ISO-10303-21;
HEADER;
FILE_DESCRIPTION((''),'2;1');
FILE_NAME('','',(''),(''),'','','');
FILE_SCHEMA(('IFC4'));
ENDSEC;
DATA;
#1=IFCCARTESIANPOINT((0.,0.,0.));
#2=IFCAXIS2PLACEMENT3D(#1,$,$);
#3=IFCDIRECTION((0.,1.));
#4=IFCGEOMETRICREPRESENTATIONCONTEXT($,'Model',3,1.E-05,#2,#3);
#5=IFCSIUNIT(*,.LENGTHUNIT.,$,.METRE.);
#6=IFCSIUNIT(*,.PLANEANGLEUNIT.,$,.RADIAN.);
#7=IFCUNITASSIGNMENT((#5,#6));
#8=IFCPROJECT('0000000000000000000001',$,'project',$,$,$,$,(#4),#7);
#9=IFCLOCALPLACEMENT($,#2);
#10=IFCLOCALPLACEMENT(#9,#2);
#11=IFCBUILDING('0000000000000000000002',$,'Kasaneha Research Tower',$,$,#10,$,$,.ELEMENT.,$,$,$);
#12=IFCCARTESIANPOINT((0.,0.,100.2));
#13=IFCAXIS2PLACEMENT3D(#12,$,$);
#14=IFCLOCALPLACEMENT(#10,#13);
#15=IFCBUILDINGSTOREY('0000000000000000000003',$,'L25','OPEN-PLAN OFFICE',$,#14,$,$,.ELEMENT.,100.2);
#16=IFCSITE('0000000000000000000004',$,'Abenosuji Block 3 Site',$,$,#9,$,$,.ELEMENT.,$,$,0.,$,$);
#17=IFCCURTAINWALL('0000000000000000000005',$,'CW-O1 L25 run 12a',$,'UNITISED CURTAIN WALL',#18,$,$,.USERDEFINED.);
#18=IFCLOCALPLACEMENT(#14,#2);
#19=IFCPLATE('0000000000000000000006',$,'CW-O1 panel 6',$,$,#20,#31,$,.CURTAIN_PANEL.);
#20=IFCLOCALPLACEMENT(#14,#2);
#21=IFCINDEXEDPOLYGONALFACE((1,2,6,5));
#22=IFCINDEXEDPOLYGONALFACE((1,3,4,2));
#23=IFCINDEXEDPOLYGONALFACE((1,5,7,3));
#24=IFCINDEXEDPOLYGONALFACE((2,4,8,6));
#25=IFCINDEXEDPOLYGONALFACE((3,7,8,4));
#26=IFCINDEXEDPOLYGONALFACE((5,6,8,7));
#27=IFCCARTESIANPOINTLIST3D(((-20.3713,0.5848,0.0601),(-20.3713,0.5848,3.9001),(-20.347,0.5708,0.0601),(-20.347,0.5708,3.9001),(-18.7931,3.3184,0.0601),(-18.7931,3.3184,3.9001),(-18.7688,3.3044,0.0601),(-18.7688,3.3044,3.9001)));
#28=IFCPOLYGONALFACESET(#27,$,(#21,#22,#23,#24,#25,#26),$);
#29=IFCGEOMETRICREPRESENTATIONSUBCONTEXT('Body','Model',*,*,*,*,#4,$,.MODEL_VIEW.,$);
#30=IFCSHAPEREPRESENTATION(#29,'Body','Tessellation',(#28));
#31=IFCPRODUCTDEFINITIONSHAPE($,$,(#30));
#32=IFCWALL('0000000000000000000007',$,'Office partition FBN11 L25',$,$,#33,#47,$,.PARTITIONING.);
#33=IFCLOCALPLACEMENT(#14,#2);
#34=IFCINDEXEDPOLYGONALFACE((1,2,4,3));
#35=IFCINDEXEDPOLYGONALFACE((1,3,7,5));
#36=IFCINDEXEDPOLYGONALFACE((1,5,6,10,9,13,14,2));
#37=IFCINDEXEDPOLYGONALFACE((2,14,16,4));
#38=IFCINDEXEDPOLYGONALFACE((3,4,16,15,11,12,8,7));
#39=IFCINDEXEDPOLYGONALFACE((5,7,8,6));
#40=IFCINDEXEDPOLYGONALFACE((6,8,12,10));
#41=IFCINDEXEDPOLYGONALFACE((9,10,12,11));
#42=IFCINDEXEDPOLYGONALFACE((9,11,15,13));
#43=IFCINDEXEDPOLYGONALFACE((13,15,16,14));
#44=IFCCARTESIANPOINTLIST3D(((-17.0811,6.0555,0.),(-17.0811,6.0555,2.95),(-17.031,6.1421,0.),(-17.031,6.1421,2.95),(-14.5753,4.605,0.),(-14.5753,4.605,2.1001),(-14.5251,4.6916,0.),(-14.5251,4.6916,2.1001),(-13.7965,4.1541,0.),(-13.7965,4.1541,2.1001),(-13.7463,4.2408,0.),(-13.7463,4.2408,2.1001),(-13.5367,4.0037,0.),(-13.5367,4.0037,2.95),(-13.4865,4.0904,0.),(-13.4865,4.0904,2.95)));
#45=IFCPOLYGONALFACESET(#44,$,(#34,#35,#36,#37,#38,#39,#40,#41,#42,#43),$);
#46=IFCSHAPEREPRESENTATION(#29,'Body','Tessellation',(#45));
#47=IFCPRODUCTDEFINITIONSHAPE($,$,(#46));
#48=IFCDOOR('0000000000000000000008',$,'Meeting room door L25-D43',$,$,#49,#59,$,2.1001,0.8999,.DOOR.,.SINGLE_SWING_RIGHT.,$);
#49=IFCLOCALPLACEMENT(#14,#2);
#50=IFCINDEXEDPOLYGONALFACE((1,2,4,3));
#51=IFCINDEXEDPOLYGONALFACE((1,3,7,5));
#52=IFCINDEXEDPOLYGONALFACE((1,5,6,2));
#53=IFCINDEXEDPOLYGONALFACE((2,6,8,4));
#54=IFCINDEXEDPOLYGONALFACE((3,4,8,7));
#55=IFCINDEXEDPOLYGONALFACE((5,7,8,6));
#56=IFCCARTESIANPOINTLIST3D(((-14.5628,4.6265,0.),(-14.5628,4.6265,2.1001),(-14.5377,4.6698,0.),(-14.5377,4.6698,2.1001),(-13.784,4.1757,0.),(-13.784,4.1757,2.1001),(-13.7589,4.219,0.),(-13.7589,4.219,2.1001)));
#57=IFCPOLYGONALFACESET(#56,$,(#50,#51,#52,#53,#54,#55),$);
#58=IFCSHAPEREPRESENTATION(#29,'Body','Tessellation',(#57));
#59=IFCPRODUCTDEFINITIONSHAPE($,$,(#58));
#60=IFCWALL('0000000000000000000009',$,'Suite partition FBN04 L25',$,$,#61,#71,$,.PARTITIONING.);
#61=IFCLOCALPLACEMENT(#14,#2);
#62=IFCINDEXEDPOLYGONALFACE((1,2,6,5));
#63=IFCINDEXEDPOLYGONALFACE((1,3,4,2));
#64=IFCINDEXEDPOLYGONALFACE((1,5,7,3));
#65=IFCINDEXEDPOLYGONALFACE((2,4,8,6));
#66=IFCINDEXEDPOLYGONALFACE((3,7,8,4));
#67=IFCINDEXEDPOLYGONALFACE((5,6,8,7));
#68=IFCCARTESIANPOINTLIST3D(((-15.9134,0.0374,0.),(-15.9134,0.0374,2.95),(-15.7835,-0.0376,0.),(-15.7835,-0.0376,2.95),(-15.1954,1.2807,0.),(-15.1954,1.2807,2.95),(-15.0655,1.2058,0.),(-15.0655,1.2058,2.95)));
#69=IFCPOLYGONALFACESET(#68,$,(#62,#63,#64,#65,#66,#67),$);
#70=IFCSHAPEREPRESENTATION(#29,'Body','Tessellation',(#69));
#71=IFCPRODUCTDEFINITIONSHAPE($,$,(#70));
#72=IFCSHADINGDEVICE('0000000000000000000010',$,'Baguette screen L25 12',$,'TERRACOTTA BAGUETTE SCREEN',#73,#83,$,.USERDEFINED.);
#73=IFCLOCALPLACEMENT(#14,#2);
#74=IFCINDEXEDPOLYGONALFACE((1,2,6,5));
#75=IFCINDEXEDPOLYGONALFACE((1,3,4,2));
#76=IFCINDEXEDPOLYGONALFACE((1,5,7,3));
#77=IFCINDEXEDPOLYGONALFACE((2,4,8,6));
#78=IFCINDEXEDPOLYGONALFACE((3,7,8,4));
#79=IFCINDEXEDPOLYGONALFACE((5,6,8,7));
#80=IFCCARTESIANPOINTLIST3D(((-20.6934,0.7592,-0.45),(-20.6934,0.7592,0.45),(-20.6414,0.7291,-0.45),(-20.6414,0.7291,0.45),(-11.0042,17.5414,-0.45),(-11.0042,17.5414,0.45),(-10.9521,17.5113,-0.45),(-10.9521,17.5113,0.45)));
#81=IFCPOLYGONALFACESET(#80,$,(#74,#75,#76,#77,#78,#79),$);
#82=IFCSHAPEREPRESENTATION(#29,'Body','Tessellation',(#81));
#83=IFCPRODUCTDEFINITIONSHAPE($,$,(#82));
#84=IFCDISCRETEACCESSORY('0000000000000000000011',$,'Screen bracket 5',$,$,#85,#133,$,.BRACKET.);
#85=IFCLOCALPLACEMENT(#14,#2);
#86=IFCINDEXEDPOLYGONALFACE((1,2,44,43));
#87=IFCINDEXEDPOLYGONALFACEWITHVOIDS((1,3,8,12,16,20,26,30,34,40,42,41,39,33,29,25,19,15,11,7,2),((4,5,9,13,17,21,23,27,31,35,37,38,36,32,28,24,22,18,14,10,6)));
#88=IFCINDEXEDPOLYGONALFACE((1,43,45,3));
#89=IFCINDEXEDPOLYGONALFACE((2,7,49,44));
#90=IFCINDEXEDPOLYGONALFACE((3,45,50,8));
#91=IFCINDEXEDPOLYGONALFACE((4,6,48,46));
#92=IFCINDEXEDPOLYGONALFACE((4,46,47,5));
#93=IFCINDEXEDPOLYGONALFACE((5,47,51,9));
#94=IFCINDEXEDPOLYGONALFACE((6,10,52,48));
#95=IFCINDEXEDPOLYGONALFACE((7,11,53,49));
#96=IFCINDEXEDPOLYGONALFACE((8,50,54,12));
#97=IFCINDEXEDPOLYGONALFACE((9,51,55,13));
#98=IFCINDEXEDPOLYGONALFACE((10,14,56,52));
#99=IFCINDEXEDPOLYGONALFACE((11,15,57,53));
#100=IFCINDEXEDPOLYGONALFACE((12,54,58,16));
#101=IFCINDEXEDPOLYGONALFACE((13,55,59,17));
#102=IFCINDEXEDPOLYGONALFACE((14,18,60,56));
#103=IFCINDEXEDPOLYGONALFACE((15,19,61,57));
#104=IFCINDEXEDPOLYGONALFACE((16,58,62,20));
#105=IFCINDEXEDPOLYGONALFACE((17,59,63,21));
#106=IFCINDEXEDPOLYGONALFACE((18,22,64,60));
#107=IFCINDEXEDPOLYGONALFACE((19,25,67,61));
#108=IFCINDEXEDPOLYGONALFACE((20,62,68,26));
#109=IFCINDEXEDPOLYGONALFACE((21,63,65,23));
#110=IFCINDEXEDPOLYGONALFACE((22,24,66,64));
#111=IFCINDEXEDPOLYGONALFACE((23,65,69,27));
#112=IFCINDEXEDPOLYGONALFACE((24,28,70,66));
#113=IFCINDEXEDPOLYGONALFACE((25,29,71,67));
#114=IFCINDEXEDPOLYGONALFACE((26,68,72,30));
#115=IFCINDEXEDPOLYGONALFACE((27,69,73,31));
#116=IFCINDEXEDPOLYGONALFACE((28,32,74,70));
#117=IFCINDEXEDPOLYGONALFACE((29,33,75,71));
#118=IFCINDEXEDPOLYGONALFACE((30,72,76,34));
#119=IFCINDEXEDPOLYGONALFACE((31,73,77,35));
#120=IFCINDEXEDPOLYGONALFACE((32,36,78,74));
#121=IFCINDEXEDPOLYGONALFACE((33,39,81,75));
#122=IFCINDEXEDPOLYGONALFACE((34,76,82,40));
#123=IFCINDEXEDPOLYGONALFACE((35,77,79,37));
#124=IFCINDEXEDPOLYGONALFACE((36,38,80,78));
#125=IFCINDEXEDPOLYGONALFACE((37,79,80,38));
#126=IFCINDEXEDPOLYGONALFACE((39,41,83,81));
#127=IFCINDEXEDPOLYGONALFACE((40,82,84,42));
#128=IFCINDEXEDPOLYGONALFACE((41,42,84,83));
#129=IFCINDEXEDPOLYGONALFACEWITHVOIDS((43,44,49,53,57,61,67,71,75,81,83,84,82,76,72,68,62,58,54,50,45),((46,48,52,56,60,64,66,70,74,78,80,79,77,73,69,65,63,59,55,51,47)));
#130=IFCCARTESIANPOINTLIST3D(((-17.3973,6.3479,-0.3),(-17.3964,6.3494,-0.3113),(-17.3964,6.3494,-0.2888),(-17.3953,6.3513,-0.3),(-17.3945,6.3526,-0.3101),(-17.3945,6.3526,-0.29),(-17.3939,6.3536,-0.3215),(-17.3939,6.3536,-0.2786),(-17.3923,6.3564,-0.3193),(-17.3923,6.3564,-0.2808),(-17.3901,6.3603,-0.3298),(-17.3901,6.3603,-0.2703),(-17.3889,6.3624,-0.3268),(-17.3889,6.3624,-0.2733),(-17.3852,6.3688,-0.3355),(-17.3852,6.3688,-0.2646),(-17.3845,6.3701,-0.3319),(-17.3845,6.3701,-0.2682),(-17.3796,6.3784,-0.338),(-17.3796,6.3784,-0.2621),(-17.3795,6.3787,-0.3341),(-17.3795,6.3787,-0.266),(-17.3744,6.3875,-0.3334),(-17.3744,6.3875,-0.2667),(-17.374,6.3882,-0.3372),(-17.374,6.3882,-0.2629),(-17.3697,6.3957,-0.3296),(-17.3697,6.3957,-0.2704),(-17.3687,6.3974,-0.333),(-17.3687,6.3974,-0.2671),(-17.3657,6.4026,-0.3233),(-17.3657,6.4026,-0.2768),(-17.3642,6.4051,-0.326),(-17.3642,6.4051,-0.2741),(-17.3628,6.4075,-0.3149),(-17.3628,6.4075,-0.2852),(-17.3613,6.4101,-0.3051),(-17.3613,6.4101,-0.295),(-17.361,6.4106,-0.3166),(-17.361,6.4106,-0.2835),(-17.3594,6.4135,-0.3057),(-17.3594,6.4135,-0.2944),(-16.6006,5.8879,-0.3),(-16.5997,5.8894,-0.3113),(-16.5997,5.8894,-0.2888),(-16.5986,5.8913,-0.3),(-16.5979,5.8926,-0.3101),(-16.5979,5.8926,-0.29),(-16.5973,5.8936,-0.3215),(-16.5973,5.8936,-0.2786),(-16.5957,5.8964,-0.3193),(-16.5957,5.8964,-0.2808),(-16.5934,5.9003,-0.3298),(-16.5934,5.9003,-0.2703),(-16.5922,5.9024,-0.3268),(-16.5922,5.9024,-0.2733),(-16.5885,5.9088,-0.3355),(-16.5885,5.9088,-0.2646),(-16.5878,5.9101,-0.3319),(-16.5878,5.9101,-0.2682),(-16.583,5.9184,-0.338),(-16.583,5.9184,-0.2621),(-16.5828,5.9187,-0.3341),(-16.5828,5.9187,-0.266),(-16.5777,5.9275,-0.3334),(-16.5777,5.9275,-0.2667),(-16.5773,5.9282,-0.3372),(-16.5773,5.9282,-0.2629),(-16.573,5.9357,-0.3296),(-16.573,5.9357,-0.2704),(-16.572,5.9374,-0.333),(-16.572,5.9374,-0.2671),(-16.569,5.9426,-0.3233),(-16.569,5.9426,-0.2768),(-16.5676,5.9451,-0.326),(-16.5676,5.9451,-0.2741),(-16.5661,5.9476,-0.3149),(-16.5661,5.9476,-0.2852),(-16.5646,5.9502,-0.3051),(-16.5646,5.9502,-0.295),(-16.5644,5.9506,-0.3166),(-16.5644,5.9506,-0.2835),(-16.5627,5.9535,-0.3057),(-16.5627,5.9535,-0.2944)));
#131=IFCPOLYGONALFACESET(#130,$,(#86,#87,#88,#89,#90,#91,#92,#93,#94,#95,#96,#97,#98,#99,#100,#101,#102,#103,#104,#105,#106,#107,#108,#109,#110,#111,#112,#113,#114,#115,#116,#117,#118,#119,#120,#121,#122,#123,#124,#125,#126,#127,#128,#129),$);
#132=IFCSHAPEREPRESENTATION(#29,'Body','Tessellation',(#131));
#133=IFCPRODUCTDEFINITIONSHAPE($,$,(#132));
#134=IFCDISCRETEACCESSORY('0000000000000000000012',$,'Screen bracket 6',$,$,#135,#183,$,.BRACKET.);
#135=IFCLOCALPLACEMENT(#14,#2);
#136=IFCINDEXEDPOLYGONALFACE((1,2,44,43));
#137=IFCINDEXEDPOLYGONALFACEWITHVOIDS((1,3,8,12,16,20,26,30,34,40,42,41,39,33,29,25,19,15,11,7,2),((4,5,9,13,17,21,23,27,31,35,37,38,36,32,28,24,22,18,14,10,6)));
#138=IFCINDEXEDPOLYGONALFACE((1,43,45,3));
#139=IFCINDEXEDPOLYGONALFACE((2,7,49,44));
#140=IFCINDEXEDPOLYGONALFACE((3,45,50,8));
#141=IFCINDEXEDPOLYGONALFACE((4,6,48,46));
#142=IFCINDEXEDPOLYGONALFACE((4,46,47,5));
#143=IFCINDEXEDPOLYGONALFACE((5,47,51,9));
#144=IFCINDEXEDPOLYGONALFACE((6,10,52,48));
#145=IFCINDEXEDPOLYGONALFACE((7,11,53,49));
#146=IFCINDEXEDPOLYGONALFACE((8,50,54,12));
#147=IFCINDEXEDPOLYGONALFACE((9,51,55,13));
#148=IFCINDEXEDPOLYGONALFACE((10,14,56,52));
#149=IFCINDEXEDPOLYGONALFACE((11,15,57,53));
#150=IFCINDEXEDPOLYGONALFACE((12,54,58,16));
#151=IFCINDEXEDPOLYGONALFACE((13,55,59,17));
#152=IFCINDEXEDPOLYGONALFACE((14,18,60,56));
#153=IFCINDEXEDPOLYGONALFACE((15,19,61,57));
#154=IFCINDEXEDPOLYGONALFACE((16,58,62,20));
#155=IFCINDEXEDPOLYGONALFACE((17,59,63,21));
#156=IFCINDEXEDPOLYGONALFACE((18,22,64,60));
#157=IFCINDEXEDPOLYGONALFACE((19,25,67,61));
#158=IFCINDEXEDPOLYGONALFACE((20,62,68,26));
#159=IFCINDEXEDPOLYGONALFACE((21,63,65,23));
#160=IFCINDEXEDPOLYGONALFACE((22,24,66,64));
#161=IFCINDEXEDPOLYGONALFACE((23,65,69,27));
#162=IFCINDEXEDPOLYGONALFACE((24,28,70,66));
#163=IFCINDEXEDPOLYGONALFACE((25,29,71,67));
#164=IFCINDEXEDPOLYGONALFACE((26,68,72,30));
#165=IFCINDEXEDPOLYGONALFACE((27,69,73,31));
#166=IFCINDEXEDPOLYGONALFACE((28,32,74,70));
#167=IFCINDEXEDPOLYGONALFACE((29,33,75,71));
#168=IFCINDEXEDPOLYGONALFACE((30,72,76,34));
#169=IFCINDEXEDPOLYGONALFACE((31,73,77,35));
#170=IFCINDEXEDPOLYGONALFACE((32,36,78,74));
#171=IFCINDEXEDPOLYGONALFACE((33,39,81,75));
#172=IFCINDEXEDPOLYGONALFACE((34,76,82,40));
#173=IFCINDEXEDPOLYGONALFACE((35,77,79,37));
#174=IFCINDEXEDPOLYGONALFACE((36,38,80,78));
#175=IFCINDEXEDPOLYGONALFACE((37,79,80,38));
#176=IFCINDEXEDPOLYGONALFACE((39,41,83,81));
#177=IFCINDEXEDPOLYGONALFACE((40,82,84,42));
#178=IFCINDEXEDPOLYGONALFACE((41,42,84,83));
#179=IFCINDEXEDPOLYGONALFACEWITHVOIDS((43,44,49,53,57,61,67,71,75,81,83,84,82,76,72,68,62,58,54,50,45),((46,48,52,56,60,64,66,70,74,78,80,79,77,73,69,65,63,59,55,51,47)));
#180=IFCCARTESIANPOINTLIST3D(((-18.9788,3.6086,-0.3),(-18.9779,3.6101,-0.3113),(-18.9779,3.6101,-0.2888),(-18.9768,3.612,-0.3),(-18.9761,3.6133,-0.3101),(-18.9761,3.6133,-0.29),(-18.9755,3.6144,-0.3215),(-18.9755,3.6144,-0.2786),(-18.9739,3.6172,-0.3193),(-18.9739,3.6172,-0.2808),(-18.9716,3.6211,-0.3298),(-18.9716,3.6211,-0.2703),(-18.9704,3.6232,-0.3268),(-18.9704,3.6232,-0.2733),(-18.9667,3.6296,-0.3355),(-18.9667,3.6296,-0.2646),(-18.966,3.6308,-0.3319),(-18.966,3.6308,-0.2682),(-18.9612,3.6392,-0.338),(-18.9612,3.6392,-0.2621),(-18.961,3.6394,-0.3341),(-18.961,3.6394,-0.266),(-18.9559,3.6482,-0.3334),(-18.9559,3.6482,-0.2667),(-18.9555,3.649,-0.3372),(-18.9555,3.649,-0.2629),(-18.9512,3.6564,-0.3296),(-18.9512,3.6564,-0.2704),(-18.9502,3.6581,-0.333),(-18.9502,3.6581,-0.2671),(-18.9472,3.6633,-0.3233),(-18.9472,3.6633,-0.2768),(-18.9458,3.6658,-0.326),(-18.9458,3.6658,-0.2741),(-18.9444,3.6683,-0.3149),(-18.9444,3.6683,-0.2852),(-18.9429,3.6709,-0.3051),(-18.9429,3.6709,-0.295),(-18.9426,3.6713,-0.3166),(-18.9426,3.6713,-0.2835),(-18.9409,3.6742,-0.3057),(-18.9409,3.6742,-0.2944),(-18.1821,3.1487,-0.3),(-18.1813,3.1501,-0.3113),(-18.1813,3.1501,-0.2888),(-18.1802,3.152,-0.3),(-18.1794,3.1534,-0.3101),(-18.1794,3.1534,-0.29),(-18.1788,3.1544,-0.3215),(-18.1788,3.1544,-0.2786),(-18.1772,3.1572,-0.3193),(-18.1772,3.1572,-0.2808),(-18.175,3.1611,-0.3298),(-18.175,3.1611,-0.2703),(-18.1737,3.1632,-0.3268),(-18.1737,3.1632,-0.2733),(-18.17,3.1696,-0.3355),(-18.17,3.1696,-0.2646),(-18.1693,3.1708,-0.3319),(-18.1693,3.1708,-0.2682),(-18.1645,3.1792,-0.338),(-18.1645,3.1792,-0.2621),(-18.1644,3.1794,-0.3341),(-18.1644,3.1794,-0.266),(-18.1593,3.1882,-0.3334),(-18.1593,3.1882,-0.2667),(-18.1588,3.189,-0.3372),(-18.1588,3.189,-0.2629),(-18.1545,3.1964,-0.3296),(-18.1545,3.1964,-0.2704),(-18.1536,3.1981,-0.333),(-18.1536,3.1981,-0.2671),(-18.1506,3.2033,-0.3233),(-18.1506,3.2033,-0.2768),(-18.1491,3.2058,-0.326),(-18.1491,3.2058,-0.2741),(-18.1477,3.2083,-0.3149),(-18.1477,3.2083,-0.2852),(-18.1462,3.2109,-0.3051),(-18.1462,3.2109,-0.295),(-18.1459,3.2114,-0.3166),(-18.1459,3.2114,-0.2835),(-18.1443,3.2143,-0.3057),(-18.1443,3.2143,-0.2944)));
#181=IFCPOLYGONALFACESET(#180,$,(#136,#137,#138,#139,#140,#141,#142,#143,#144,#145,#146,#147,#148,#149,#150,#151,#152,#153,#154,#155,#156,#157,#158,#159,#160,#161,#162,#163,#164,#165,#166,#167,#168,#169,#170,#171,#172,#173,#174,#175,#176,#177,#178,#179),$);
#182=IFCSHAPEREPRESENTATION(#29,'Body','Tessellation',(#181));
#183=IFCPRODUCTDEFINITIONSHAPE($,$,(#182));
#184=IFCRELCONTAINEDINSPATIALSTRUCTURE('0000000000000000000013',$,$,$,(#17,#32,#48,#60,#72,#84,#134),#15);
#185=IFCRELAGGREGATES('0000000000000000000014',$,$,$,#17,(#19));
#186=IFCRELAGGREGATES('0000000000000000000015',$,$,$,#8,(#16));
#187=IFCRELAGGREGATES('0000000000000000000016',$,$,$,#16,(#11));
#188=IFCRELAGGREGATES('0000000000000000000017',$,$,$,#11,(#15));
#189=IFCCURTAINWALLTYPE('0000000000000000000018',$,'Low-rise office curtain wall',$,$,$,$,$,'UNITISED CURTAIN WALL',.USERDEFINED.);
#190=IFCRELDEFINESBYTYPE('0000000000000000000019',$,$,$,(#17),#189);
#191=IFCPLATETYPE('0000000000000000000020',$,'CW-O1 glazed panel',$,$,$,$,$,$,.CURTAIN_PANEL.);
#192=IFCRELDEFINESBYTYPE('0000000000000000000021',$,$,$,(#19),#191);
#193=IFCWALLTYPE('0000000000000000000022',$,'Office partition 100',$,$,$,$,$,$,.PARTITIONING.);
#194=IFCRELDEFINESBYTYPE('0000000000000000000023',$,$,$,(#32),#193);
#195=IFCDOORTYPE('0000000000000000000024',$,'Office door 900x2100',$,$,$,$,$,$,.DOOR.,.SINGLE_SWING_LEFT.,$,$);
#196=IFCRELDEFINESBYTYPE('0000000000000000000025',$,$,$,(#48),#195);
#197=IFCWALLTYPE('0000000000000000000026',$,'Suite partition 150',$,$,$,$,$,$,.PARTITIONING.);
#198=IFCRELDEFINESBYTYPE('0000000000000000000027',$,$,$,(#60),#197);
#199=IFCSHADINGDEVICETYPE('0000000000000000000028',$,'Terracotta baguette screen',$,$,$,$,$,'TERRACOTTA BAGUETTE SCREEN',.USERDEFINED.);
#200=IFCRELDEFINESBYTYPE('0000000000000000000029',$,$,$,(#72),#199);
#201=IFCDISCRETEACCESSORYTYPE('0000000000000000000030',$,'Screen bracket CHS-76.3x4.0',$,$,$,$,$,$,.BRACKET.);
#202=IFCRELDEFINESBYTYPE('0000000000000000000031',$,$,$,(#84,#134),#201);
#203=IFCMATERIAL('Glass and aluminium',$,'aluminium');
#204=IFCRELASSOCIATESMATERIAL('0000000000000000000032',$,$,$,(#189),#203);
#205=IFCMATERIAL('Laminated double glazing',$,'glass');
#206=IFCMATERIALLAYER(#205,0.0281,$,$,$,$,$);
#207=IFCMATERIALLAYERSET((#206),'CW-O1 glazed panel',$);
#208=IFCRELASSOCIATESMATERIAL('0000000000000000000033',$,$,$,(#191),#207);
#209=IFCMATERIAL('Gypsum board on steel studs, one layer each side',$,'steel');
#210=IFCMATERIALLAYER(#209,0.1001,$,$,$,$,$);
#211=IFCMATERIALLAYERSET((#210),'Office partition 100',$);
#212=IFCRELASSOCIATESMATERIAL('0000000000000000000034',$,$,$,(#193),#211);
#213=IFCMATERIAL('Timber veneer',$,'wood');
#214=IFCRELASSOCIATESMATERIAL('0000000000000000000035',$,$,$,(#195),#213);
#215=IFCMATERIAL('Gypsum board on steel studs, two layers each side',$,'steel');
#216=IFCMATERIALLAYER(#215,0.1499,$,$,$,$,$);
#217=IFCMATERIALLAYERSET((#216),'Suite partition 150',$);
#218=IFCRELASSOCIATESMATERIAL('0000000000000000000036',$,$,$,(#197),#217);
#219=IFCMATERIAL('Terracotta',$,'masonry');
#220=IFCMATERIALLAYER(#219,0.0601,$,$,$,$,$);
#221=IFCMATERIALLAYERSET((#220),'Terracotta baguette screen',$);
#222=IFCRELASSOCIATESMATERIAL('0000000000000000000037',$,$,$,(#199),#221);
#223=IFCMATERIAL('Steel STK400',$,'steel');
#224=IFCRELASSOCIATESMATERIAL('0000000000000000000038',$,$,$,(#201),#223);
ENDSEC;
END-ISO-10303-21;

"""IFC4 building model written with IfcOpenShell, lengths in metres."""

from ifc_helpers import new_model, si_unit, direction, frame, frame_2d, origin, origin_2d, place, context, subcontext, project, spatial, rectangle, hollow_circle, extrude, material, layer, layer_set, material_profile, profile_set, type_object, element, fill, aggregate, save


model = new_model("IFC4")

# Units and contexts
model_context = context("Model", 3, precision=1e-05, world=origin(), true_north=direction((0.0, 1.0)))
body_context = subcontext(model_context, "Body", "Model", "MODEL_VIEW")
ifc_project = project(units=[si_unit("LENGTHUNIT", "METRE"), si_unit("PLANEANGLEUNIT", "RADIAN")], contexts=[model_context])

# Site, building, storey
site_placement = place(None, origin())
site = spatial("IfcSite", under=ifc_project, at=site_placement, Name="Abenosuji Block 3 Site", CompositionType="ELEMENT", RefElevation=0.0)
building_placement = place(site_placement, origin())
building = spatial("IfcBuilding", under=site, at=building_placement, Name="Kasaneha Research Tower", CompositionType="ELEMENT")
storey_placement = place(building_placement, frame((0.0, 0.0, 100.2)))
storey = spatial("IfcBuildingStorey", under=building, at=storey_placement, Name="L25", Description="OPEN-PLAN OFFICE", CompositionType="ELEMENT", Elevation=100.2)

# Curtain wall
ifc_material_1 = material(Name="Glass and aluminium", Category="aluminium")
curtain_wall_type = type_object("IfcCurtainWallType", Name="Low-rise office curtain wall", ElementType="UNITISED CURTAIN WALL", PredefinedType="USERDEFINED", material=ifc_material_1)
curtain_wall_1_placement = place(storey_placement, origin())
curtain_wall_1 = element("IfcCurtainWall", 1, at=curtain_wall_1_placement, inside=storey, type_object=curtain_wall_type, Name="CW-O1 L25 run 12a", ObjectType="UNITISED CURTAIN WALL", PredefinedType="USERDEFINED")

# Plate
ifc_material_2 = material(Name="Laminated double glazing", Category="glass")
ifc_layer_1 = layer(ifc_material_2, 0.0281)
ifc_layer_set_1 = layer_set([ifc_layer_1], Name="CW-O1 glazed panel")
plate_type = type_object("IfcPlateType", Name="CW-O1 glazed panel", PredefinedType="CURTAIN_PANEL", material=ifc_layer_set_1)
plate_1_placement = place(storey_placement, frame((-19.5701, 1.9446, 0.0601), z_axis=(0.0, 0.0, 1.0), x_axis=(-0.5, -0.866025, 0.0)))
plate_1 = element("IfcPlate", 2, at=plate_1_placement, type_object=plate_type, Name="CW-O1 panel 6", PredefinedType="CURTAIN_PANEL", context=body_context, shape_type="SweptSolid", body=[
    extrude(rectangle(XDim=3.1565, YDim=0.0281, at=origin_2d()), origin(), (0.0, 0.0, 1.0), 3.8401),
])
aggregate(curtain_wall_1, [plate_1])

# Wall, opening, door
ifc_material_3 = material(Name="Gypsum board on steel studs, one layer each side", Category="steel")
ifc_layer_2 = layer(ifc_material_3, 0.1001)
ifc_layer_set_2 = layer_set([ifc_layer_2], Name="Office partition 100")
wall_type_1 = type_object("IfcWallType", Name="Office partition 100", PredefinedType="PARTITIONING", material=ifc_layer_set_2)
wall_1_placement = place(storey_placement, frame((-17.0562, 6.0989, 0.0), z_axis=(0.0, 0.0, 1.0), x_axis=(0.865456, -0.500985, 0.0)))
wall_1 = element("IfcWall", 3, at=wall_1_placement, inside=storey, type_object=wall_type_1, Name="Office partition FBN11 L25", PredefinedType="PARTITIONING", context=body_context, shape_type="SweptSolid", body=[
    extrude(rectangle(XDim=4.0955, YDim=0.1001, at=frame_2d((2.0479, 0.0))), origin(), (0.0, 0.0, 1.0), 2.95),
])
opening_placement = place(wall_1_placement, frame((2.8955, 0.0, 0.0)))
opening = element("IfcOpeningElement", 4, at=opening_placement, cuts=wall_1, PredefinedType="OPENING", context=body_context, shape_type="SweptSolid", body=[
    extrude(rectangle(XDim=0.8999, YDim=2.1001, at=frame_2d((0.45, 1.05))), frame((0.0, 0.0601, 0.0), z_axis=(0.0, -1.0, 0.0), x_axis=(1.0, 0.0, 0.0)), (0.0, 0.0, 1.0), 0.1201),
])
ifc_material_4 = material(Name="Timber veneer", Category="wood")
door_type = type_object("IfcDoorType", Name="Office door 900x2100", OperationType="SINGLE_SWING_LEFT", PredefinedType="DOOR", material=ifc_material_4)
door_placement = place(opening_placement, origin())
door = element("IfcDoor", 5, at=door_placement, inside=storey, type_object=door_type, Name="Meeting room door L25-D43", OperationType="SINGLE_SWING_RIGHT", OverallHeight=2.1001, OverallWidth=0.8999, PredefinedType="DOOR", context=body_context, shape_type="SweptSolid", body=[
    extrude(rectangle(XDim=0.8999, YDim=2.1001, at=frame_2d((0.45, 1.05))), frame((0.0, 0.0249, 0.0), z_axis=(0.0, -1.0, 0.0), x_axis=(1.0, 0.0, 0.0)), (0.0, 0.0, 1.0), 0.05),
])
fill(opening, door)

# Wall
ifc_material_5 = material(Name="Gypsum board on steel studs, two layers each side", Category="steel")
ifc_layer_3 = layer(ifc_material_5, 0.1499)
ifc_layer_set_3 = layer_set([ifc_layer_3], Name="Suite partition 150")
wall_type_2 = type_object("IfcWallType", Name="Suite partition 150", PredefinedType="PARTITIONING", material=ifc_layer_set_3)
wall_2_placement = place(storey_placement, frame((-15.8484, 0.0, 0.0), z_axis=(0.0, 0.0, 1.0), x_axis=(0.500071, 0.865985, 0.0)))
element("IfcWall", 6, at=wall_2_placement, inside=storey, type_object=wall_type_2, Name="Suite partition FBN04 L25", PredefinedType="PARTITIONING", context=body_context, shape_type="SweptSolid", body=[
    extrude(rectangle(XDim=1.4358, YDim=0.1499, at=frame_2d((0.7178, 0.0))), origin(), (0.0, 0.0, 1.0), 2.95),
])

# Shading device
ifc_material_6 = material(Name="Terracotta", Category="masonry")
ifc_layer_4 = layer(ifc_material_6, 0.0601)
ifc_layer_set_4 = layer_set([ifc_layer_4], Name="Terracotta baguette screen")
shading_device_type = type_object("IfcShadingDeviceType", Name="Terracotta baguette screen", ElementType="TERRACOTTA BAGUETTE SCREEN", PredefinedType="USERDEFINED", material=ifc_layer_set_4)
shading_device_placement = place(storey_placement, frame((-15.8228, 9.1353, -0.45), z_axis=(0.0, 0.0, 1.0), x_axis=(-0.5, -0.866025, 0.0)))
element("IfcShadingDevice", 7, at=shading_device_placement, inside=storey, type_object=shading_device_type, Name="Baguette screen L25 12", ObjectType="TERRACOTTA BAGUETTE SCREEN", PredefinedType="USERDEFINED", context=body_context, shape_type="SweptSolid", body=[
    extrude(rectangle(XDim=19.3784, YDim=0.0601, at=origin_2d()), origin(), (0.0, 0.0, 1.0), 0.8999),
])

# Discrete accessories
ifc_material_7 = material(Name="Steel STK400", Category="steel")
ifc_material_profile_1 = material_profile(ifc_material_7, hollow_circle(Radius=0.0381, WallThickness=0.0039, at=origin_2d()), Name="CHS-76.3x4.0")
ifc_profile_set_1 = profile_set([ifc_material_profile_1], Name="Steel STK400")
discrete_accessory_type = type_object("IfcDiscreteAccessoryType", Name="Screen bracket CHS-76.3x4.0", PredefinedType="BRACKET", material=ifc_profile_set_1)
for number, where, z_axis, x_axis, name in (
    (8, (-16.5815, 5.9209, -0.3), (-0.866013, 0.500021, 0.0), (-0.500021, -0.866013, 0.0), "Screen bracket 5"),
    (9, (-18.1631, 3.1816, -0.3), (-0.866013, 0.500021, 0.0), (-0.500021, -0.866013, 0.0), "Screen bracket 6"),
):
    element("IfcDiscreteAccessory", number, at=place(storey_placement, frame(where, z_axis=z_axis, x_axis=x_axis)), inside=storey, type_object=discrete_accessory_type, Name=name, PredefinedType="BRACKET", context=body_context, shape_type="SweptSolid", body=[
        extrude(hollow_circle(Radius=0.0381, WallThickness=0.0039, at=origin_2d()), origin(), (0.0, 0.0, 1.0), 0.9199),
    ])

save(model, "model.ifc")
